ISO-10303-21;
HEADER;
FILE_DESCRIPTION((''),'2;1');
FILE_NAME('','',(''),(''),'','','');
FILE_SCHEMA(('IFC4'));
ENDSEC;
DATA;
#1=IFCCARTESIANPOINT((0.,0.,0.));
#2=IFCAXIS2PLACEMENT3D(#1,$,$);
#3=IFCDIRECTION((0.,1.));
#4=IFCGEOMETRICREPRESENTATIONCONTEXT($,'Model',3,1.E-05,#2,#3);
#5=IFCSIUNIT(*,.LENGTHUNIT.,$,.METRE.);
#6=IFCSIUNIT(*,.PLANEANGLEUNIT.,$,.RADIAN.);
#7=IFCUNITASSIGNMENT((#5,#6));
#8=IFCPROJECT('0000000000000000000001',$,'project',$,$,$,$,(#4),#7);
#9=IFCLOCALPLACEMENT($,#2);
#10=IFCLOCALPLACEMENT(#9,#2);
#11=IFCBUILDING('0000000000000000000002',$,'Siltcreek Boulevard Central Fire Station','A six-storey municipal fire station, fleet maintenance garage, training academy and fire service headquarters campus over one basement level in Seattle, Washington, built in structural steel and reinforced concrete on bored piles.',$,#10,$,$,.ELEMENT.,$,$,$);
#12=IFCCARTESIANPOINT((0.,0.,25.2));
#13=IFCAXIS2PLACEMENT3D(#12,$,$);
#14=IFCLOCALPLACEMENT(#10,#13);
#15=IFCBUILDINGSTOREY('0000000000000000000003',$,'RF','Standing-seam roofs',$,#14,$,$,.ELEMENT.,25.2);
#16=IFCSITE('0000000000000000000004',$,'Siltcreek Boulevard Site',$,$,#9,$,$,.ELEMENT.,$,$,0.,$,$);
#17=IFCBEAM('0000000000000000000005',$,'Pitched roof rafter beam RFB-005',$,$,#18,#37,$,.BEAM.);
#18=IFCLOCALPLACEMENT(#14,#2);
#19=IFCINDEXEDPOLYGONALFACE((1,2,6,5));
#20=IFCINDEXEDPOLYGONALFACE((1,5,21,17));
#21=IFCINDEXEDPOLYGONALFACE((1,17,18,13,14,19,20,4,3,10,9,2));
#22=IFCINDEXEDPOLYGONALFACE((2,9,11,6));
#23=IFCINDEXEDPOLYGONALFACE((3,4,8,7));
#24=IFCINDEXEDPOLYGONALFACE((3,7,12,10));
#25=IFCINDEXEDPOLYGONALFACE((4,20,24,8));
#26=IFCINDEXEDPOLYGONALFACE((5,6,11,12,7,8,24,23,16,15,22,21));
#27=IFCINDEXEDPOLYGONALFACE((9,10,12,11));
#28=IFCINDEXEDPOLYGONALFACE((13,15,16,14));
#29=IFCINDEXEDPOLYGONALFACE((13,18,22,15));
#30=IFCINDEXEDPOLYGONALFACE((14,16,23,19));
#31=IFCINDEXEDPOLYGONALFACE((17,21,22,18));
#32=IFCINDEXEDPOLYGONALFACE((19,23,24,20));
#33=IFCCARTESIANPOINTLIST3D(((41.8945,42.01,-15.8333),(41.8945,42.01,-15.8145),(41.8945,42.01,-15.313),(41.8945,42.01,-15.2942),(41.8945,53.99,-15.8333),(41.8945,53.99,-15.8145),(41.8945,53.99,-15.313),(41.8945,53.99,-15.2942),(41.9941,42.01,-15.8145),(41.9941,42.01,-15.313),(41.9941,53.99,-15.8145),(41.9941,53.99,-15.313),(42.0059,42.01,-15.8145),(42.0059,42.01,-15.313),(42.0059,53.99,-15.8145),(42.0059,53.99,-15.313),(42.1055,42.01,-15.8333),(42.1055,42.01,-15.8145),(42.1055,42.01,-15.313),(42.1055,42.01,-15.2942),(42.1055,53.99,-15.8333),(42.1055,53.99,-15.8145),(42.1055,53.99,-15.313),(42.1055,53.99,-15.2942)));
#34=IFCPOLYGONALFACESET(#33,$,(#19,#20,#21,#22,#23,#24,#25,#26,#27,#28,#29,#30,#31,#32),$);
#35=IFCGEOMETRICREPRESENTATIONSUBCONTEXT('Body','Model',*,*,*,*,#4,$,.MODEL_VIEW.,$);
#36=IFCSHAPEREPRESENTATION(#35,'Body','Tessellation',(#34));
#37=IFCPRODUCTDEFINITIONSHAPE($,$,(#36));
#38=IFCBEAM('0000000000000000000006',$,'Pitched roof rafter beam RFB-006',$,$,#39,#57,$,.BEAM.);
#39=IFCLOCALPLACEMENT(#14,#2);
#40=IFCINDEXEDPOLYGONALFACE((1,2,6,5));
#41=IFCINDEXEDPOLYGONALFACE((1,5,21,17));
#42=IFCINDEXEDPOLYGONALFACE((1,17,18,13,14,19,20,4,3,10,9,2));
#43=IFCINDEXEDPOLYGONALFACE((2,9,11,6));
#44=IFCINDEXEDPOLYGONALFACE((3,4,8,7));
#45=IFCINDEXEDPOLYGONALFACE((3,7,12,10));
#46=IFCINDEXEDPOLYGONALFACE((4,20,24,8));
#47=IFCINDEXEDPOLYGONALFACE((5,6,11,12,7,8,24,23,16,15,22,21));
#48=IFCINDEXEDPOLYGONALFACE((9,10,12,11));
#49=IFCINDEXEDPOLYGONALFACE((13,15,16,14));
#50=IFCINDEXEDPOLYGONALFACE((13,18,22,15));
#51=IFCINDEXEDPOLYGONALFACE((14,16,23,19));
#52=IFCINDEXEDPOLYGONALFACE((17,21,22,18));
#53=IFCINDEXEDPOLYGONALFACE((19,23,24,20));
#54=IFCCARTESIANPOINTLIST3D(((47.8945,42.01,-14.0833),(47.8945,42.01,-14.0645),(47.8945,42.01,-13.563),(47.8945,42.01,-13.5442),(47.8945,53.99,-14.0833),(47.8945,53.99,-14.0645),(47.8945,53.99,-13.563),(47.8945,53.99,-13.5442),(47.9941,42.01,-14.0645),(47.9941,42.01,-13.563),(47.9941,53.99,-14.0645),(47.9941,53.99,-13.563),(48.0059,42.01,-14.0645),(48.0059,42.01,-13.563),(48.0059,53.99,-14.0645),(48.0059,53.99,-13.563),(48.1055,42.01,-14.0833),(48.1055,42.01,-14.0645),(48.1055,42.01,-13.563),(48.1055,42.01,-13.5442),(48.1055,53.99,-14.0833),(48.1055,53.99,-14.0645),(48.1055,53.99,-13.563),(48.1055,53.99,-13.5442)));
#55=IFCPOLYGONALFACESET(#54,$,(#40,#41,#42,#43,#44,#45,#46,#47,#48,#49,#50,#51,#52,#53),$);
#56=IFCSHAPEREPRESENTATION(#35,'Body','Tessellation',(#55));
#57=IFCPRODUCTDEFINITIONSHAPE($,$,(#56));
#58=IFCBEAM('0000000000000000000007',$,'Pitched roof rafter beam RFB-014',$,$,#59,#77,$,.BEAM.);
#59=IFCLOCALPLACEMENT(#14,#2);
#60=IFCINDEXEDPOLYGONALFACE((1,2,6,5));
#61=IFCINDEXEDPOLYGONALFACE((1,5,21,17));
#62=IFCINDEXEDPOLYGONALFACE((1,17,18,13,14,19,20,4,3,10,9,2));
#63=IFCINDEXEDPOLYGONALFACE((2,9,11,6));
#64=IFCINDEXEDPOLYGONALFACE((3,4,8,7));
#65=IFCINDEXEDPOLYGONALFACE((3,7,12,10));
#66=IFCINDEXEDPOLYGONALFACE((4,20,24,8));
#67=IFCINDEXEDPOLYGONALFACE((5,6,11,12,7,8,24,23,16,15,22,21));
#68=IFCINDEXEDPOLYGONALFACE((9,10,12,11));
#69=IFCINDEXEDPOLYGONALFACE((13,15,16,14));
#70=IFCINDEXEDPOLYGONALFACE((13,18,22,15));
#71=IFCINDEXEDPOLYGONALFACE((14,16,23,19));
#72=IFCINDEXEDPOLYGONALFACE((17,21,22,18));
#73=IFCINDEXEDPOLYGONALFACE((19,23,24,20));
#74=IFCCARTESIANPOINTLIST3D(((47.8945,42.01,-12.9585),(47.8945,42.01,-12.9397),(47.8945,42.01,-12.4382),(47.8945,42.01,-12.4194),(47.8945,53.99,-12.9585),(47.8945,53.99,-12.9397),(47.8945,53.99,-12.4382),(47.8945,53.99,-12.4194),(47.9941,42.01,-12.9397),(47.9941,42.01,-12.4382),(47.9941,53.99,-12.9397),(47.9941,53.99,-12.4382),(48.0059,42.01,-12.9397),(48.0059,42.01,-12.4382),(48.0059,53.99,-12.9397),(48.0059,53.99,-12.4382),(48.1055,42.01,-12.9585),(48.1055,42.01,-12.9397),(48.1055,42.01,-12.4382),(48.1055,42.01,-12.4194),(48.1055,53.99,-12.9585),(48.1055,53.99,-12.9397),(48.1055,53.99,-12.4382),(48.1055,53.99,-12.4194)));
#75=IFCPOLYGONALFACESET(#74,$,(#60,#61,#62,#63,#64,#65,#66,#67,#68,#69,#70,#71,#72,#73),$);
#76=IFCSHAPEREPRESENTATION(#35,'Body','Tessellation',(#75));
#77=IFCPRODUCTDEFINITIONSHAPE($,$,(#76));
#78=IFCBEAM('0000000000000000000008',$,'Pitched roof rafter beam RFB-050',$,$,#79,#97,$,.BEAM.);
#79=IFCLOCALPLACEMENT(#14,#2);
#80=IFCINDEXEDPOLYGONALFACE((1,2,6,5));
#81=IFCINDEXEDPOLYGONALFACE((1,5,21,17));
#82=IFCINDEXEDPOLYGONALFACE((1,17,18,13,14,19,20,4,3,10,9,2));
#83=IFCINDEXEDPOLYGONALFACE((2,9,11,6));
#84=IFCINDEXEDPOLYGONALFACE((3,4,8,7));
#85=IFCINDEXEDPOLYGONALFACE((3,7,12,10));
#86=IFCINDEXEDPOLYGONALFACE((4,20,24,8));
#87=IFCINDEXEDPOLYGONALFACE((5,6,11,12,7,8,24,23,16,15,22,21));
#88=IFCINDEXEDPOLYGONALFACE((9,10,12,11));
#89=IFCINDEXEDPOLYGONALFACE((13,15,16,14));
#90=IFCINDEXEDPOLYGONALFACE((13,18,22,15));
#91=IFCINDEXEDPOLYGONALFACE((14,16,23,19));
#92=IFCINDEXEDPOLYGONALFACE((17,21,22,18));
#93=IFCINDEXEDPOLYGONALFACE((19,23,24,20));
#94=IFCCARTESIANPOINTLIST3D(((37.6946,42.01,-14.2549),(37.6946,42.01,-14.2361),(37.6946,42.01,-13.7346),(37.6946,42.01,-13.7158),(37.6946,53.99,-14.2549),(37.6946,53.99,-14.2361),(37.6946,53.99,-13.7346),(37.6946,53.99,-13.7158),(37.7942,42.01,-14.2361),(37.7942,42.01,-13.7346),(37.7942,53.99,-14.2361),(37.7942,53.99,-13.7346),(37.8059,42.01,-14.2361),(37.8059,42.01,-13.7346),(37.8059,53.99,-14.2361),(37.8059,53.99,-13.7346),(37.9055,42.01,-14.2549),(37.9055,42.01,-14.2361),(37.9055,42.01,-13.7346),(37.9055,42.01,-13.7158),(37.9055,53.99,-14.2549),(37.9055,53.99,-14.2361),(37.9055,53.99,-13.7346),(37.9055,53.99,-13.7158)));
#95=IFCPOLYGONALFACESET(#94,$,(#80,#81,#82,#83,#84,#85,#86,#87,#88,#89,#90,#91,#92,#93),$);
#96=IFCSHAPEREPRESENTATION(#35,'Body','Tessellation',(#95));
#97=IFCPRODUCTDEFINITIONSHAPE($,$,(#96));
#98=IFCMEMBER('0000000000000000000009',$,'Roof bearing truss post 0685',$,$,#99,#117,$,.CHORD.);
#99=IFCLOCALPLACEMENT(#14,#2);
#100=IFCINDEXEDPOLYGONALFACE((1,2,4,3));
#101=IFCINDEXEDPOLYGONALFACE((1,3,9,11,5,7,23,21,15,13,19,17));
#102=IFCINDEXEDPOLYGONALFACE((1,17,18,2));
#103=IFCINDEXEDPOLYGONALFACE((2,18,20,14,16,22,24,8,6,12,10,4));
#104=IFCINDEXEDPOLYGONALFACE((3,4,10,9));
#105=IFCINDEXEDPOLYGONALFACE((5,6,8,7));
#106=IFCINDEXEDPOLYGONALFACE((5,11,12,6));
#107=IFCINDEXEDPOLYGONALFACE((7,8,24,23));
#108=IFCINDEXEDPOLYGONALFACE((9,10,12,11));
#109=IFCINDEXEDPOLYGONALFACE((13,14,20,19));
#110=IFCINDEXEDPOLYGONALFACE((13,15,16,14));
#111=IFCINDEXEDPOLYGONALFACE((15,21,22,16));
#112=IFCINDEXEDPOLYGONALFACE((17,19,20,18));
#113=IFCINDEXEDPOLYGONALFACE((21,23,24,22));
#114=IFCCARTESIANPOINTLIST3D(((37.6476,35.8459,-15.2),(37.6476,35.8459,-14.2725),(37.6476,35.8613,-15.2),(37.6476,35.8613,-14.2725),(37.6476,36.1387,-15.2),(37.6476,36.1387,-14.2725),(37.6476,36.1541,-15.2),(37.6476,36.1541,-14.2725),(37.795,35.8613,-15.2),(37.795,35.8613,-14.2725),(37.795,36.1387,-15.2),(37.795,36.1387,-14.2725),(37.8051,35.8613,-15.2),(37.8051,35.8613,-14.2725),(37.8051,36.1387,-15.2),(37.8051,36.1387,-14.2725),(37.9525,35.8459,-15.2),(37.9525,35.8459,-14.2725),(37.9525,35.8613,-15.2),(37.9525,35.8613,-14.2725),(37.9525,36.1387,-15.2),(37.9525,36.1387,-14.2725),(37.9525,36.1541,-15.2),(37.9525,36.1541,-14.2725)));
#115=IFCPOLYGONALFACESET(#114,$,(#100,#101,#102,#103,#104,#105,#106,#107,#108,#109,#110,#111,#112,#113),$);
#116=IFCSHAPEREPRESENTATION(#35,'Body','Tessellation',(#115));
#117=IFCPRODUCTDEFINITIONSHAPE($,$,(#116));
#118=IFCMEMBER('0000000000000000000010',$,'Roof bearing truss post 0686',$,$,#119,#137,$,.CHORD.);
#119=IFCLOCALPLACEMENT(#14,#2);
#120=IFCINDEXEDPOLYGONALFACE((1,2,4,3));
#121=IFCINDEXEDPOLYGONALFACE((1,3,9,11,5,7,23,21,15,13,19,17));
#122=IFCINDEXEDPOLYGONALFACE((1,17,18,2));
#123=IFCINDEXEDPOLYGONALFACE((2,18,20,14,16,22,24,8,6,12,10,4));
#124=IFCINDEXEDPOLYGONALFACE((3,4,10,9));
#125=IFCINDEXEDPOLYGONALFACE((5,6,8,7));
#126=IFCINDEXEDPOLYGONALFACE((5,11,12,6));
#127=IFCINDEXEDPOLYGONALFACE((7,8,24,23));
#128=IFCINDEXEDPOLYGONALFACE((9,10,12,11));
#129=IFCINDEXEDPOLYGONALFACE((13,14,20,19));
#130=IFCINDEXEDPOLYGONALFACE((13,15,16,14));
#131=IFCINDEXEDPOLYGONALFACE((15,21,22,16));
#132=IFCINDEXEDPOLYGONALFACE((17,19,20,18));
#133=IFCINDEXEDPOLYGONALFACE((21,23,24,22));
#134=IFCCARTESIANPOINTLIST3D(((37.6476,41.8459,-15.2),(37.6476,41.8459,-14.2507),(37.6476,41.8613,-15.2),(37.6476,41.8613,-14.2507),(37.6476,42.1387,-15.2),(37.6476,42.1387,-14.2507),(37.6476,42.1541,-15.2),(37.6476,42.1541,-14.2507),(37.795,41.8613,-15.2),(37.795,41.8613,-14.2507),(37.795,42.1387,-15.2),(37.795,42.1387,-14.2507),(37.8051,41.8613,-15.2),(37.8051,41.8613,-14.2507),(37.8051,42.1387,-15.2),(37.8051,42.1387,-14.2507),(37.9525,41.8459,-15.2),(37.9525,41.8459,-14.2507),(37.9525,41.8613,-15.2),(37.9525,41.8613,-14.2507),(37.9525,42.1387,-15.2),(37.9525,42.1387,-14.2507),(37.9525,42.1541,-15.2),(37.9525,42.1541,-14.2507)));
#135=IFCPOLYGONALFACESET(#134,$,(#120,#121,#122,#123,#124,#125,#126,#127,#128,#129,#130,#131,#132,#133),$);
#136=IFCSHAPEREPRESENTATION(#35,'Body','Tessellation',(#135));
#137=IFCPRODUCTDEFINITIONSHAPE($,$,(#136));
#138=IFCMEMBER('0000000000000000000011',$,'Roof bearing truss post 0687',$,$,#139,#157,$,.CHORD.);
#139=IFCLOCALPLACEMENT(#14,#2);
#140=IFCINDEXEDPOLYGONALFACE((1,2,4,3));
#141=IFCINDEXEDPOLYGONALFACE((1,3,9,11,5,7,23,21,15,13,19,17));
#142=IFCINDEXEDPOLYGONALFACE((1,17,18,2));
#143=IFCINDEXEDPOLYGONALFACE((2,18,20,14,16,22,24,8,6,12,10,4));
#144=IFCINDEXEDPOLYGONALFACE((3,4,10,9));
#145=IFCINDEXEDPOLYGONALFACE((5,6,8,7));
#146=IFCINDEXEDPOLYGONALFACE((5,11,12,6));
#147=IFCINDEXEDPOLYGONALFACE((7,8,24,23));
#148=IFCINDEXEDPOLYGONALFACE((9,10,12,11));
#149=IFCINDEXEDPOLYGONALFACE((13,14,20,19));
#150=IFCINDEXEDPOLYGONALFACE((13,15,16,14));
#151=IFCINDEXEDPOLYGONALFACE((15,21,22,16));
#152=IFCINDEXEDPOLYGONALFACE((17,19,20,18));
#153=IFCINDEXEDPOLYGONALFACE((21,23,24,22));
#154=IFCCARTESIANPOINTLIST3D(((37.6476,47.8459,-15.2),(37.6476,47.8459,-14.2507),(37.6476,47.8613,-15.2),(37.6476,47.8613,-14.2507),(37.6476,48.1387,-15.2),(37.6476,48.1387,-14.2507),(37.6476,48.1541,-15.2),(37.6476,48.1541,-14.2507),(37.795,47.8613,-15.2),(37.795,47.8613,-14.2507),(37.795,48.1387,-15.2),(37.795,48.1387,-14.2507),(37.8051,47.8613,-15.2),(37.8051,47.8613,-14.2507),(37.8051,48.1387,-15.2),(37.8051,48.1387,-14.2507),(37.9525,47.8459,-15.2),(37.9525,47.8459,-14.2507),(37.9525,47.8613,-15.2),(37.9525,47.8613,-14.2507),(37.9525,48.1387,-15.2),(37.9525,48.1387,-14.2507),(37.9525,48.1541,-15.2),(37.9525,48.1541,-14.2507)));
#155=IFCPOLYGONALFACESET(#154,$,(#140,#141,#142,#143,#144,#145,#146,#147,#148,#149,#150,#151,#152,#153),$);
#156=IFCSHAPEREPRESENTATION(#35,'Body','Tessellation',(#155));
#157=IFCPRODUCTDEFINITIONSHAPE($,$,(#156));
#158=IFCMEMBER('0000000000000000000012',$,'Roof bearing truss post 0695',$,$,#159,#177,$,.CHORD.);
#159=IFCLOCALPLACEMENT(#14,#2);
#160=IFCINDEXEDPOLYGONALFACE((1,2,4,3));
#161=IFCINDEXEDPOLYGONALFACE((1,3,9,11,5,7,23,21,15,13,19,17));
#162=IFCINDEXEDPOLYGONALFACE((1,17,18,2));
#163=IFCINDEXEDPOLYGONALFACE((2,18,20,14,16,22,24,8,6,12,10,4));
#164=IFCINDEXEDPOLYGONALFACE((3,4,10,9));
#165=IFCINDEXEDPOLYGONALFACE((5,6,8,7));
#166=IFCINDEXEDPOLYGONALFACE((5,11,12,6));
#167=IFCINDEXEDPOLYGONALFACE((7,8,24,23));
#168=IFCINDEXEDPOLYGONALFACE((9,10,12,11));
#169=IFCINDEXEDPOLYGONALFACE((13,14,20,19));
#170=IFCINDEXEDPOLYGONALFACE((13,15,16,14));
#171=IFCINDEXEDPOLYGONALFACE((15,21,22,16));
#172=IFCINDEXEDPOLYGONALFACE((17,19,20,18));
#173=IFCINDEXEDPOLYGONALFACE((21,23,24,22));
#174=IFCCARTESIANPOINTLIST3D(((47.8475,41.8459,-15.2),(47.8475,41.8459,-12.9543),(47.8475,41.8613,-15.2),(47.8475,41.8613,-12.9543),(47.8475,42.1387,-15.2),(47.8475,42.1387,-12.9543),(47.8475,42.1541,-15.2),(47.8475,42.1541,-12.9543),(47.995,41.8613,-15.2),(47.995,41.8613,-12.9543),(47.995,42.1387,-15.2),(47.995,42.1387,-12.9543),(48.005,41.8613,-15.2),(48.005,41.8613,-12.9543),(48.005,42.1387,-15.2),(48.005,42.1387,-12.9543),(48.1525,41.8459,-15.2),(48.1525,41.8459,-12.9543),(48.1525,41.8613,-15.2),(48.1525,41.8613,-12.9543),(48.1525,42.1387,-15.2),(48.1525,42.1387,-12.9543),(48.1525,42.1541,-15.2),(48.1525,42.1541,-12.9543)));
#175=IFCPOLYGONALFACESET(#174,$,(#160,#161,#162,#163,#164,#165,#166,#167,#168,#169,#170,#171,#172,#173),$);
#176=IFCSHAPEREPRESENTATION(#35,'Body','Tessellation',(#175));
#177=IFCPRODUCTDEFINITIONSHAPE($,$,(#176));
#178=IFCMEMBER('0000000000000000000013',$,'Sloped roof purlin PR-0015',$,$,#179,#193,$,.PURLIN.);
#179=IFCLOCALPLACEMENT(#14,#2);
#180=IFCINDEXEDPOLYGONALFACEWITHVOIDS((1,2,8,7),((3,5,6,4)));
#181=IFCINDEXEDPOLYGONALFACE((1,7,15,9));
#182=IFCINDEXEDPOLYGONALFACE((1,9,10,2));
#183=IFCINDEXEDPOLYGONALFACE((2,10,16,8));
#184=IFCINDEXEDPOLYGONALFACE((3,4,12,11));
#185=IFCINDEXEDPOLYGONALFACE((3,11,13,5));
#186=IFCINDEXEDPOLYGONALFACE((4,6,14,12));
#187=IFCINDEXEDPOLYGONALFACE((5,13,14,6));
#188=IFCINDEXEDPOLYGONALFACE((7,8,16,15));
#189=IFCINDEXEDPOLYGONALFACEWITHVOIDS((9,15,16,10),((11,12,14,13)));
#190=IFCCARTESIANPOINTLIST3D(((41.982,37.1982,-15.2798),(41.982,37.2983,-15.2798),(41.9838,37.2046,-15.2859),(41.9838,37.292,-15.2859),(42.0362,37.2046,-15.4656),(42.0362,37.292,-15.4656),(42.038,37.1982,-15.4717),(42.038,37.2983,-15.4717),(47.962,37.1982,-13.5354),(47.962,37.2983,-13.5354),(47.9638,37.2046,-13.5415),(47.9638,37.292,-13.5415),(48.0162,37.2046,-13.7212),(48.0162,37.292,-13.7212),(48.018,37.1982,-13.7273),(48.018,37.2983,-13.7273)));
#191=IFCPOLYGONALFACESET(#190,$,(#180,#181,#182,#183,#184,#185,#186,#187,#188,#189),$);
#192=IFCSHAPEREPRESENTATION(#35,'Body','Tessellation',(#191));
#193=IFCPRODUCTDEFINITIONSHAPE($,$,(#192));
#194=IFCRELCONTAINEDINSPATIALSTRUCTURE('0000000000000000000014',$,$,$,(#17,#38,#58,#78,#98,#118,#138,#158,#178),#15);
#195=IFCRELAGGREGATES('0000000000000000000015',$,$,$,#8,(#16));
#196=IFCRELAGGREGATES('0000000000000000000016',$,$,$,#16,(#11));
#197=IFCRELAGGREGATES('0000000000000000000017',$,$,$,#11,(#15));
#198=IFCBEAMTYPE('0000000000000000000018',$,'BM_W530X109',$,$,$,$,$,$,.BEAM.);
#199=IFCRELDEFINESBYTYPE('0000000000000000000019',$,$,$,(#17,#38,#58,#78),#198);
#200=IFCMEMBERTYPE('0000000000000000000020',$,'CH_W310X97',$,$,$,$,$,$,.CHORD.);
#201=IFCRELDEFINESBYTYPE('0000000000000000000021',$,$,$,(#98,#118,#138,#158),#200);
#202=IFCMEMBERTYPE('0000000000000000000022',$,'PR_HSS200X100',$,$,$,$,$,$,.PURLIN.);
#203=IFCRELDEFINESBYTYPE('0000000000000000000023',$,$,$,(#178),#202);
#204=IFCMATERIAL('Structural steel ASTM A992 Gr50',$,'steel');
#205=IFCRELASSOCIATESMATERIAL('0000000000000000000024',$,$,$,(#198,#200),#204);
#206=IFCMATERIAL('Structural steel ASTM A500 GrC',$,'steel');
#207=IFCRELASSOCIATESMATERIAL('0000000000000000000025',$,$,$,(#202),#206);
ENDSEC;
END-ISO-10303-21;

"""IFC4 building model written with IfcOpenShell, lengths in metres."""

from ifc_helpers import new_model, si_unit, direction, frame, origin, origin_2d, place, context, subcontext, project, spatial, hollow_rectangle, i_section, extrude, material, material_profile, profile_set, type_object, element, save


model = new_model("IFC4")

# Units and contexts
model_context = context("Model", 3, precision=1e-05, world=origin(), true_north=direction((0.0, 1.0)))
body_context = subcontext(model_context, "Body", "Model", "MODEL_VIEW")
ifc_project = project(units=[si_unit("LENGTHUNIT", "METRE"), si_unit("PLANEANGLEUNIT", "RADIAN")], contexts=[model_context])

# Site, building, storey
site_placement = place(None, origin())
site = spatial("IfcSite", under=ifc_project, at=site_placement, Name="Siltcreek Boulevard Site", CompositionType="ELEMENT", RefElevation=0.0)
building_placement = place(site_placement, origin())
building = spatial("IfcBuilding", under=site, at=building_placement, Name="Siltcreek Boulevard Central Fire Station", Description="A six-storey municipal fire station, fleet maintenance garage, training academy and fire service headquarters campus over one basement level in Seattle, Washington, built in structural steel and reinforced concrete on bored piles.", CompositionType="ELEMENT")
storey_placement = place(building_placement, frame((0.0, 0.0, 25.2)))
storey = spatial("IfcBuildingStorey", under=building, at=storey_placement, Name="RF", Description="Standing-seam roofs", CompositionType="ELEMENT", Elevation=25.2)

# Beams
ifc_material_1 = material(Name="Structural steel ASTM A992 Gr50", Category="steel")
ifc_material_profile_1 = material_profile(ifc_material_1, i_section(OverallWidth=0.2109, OverallDepth=0.5391, WebThickness=0.0117, FlangeThickness=0.0188, at=origin_2d()), Name="W530X109")
ifc_profile_set_1 = profile_set([ifc_material_profile_1], Name="Structural steel ASTM A992 Gr50")
beam_type = type_object("IfcBeamType", Name="BM_W530X109", PredefinedType="BEAM", material=ifc_profile_set_1)
for number, where, z_axis, x_axis, name in (
    (1, (42.0, 42.01, -15.5637), (0.0, 1.0, 0.0), (-1.0, 0.0, 0.0), "Pitched roof rafter beam RFB-005"),
    (2, (48.0, 42.01, -13.8137), (0.0, 1.0, 0.0), (-1.0, 0.0, 0.0), "Pitched roof rafter beam RFB-006"),
    (3, (48.0, 42.01, -12.689), (0.0, 1.0, 0.0), (-1.0, 0.0, 0.0), "Pitched roof rafter beam RFB-014"),
    (4, (37.8, 42.01, -13.9854), (0.0, 1.0, 0.0), (-1.0, 0.0, 0.0), "Pitched roof rafter beam RFB-050"),
):
    element("IfcBeam", number, at=place(storey_placement, frame(where, z_axis=z_axis, x_axis=x_axis)), inside=storey, type_object=beam_type, Name=name, PredefinedType="BEAM", context=body_context, shape_type="SweptSolid", body=[
        extrude(i_section(OverallWidth=0.2109, OverallDepth=0.5391, WebThickness=0.0117, FlangeThickness=0.0188, at=origin_2d()), origin(), (0.0, 0.0, 1.0), 11.98),
    ])

# Members
ifc_material_profile_2 = material_profile(ifc_material_1, i_section(OverallWidth=0.3049, OverallDepth=0.3081, WebThickness=0.01, FlangeThickness=0.0154, at=origin_2d()), Name="W310X97")
ifc_profile_set_2 = profile_set([ifc_material_profile_2], Name="Structural steel ASTM A992 Gr50")
member_type_1 = type_object("IfcMemberType", Name="CH_W310X97", PredefinedType="CHORD", material=ifc_profile_set_2)
member_1_placement = place(storey_placement, frame((37.8, 36.0, -15.2), z_axis=(0.0, 0.0, 1.0), x_axis=(1.0, 0.0, 0.0)))
element("IfcMember", 5, at=member_1_placement, inside=storey, type_object=member_type_1, Name="Roof bearing truss post 0685", PredefinedType="CHORD", context=body_context, shape_type="SweptSolid", body=[
    extrude(i_section(OverallWidth=0.3049, OverallDepth=0.3081, WebThickness=0.01, FlangeThickness=0.0154, at=origin_2d()), origin(), (0.0, 0.0, 1.0), 0.9275),
])
for number, where, z_axis, x_axis, name in (
    (6, (37.8, 42.0, -15.2), (0.0, 0.0, 1.0), (1.0, 0.0, 0.0), "Roof bearing truss post 0686"),
    (7, (37.8, 48.0, -15.2), (0.0, 0.0, 1.0), (1.0, 0.0, 0.0), "Roof bearing truss post 0687"),
):
    element("IfcMember", number, at=place(storey_placement, frame(where, z_axis=z_axis, x_axis=x_axis)), inside=storey, type_object=member_type_1, Name=name, PredefinedType="CHORD", context=body_context, shape_type="SweptSolid", body=[
        extrude(i_section(OverallWidth=0.3049, OverallDepth=0.3081, WebThickness=0.01, FlangeThickness=0.0154, at=origin_2d()), origin(), (0.0, 0.0, 1.0), 0.9492),
    ])
member_2_placement = place(storey_placement, frame((48.0, 42.0, -15.2), z_axis=(0.0, 0.0, 1.0), x_axis=(1.0, 0.0, 0.0)))
element("IfcMember", 8, at=member_2_placement, inside=storey, type_object=member_type_1, Name="Roof bearing truss post 0695", PredefinedType="CHORD", context=body_context, shape_type="SweptSolid", body=[
    extrude(i_section(OverallWidth=0.3049, OverallDepth=0.3081, WebThickness=0.01, FlangeThickness=0.0154, at=origin_2d()), origin(), (0.0, 0.0, 1.0), 2.2456),
])
ifc_material_2 = material(Name="Structural steel ASTM A500 GrC", Category="steel")
ifc_material_profile_3 = material_profile(ifc_material_2, hollow_rectangle(XDim=0.1001, YDim=0.2, WallThickness=0.0063, at=origin_2d()), Name="HSS200X100X6.4")
ifc_profile_set_3 = profile_set([ifc_material_profile_3], Name="Structural steel ASTM A500 GrC")
member_type_2 = type_object("IfcMemberType", Name="PR_HSS200X100", PredefinedType="PURLIN", material=ifc_profile_set_3)
member_3_placement = place(storey_placement, frame((42.01, 37.2483, -15.3757), z_axis=(0.95999, 0.0, 0.280033), x_axis=(0.0, 1.0, 0.0)))
element("IfcMember", 9, at=member_3_placement, inside=storey, type_object=member_type_2, Name="Sloped roof purlin PR-0015", PredefinedType="PURLIN", context=body_context, shape_type="SweptSolid", body=[
    extrude(hollow_rectangle(XDim=0.1001, YDim=0.2, WallThickness=0.0063, at=origin_2d()), origin(), (0.0, 0.0, 1.0), 6.2292),
])

save(model, "model.ifc")
